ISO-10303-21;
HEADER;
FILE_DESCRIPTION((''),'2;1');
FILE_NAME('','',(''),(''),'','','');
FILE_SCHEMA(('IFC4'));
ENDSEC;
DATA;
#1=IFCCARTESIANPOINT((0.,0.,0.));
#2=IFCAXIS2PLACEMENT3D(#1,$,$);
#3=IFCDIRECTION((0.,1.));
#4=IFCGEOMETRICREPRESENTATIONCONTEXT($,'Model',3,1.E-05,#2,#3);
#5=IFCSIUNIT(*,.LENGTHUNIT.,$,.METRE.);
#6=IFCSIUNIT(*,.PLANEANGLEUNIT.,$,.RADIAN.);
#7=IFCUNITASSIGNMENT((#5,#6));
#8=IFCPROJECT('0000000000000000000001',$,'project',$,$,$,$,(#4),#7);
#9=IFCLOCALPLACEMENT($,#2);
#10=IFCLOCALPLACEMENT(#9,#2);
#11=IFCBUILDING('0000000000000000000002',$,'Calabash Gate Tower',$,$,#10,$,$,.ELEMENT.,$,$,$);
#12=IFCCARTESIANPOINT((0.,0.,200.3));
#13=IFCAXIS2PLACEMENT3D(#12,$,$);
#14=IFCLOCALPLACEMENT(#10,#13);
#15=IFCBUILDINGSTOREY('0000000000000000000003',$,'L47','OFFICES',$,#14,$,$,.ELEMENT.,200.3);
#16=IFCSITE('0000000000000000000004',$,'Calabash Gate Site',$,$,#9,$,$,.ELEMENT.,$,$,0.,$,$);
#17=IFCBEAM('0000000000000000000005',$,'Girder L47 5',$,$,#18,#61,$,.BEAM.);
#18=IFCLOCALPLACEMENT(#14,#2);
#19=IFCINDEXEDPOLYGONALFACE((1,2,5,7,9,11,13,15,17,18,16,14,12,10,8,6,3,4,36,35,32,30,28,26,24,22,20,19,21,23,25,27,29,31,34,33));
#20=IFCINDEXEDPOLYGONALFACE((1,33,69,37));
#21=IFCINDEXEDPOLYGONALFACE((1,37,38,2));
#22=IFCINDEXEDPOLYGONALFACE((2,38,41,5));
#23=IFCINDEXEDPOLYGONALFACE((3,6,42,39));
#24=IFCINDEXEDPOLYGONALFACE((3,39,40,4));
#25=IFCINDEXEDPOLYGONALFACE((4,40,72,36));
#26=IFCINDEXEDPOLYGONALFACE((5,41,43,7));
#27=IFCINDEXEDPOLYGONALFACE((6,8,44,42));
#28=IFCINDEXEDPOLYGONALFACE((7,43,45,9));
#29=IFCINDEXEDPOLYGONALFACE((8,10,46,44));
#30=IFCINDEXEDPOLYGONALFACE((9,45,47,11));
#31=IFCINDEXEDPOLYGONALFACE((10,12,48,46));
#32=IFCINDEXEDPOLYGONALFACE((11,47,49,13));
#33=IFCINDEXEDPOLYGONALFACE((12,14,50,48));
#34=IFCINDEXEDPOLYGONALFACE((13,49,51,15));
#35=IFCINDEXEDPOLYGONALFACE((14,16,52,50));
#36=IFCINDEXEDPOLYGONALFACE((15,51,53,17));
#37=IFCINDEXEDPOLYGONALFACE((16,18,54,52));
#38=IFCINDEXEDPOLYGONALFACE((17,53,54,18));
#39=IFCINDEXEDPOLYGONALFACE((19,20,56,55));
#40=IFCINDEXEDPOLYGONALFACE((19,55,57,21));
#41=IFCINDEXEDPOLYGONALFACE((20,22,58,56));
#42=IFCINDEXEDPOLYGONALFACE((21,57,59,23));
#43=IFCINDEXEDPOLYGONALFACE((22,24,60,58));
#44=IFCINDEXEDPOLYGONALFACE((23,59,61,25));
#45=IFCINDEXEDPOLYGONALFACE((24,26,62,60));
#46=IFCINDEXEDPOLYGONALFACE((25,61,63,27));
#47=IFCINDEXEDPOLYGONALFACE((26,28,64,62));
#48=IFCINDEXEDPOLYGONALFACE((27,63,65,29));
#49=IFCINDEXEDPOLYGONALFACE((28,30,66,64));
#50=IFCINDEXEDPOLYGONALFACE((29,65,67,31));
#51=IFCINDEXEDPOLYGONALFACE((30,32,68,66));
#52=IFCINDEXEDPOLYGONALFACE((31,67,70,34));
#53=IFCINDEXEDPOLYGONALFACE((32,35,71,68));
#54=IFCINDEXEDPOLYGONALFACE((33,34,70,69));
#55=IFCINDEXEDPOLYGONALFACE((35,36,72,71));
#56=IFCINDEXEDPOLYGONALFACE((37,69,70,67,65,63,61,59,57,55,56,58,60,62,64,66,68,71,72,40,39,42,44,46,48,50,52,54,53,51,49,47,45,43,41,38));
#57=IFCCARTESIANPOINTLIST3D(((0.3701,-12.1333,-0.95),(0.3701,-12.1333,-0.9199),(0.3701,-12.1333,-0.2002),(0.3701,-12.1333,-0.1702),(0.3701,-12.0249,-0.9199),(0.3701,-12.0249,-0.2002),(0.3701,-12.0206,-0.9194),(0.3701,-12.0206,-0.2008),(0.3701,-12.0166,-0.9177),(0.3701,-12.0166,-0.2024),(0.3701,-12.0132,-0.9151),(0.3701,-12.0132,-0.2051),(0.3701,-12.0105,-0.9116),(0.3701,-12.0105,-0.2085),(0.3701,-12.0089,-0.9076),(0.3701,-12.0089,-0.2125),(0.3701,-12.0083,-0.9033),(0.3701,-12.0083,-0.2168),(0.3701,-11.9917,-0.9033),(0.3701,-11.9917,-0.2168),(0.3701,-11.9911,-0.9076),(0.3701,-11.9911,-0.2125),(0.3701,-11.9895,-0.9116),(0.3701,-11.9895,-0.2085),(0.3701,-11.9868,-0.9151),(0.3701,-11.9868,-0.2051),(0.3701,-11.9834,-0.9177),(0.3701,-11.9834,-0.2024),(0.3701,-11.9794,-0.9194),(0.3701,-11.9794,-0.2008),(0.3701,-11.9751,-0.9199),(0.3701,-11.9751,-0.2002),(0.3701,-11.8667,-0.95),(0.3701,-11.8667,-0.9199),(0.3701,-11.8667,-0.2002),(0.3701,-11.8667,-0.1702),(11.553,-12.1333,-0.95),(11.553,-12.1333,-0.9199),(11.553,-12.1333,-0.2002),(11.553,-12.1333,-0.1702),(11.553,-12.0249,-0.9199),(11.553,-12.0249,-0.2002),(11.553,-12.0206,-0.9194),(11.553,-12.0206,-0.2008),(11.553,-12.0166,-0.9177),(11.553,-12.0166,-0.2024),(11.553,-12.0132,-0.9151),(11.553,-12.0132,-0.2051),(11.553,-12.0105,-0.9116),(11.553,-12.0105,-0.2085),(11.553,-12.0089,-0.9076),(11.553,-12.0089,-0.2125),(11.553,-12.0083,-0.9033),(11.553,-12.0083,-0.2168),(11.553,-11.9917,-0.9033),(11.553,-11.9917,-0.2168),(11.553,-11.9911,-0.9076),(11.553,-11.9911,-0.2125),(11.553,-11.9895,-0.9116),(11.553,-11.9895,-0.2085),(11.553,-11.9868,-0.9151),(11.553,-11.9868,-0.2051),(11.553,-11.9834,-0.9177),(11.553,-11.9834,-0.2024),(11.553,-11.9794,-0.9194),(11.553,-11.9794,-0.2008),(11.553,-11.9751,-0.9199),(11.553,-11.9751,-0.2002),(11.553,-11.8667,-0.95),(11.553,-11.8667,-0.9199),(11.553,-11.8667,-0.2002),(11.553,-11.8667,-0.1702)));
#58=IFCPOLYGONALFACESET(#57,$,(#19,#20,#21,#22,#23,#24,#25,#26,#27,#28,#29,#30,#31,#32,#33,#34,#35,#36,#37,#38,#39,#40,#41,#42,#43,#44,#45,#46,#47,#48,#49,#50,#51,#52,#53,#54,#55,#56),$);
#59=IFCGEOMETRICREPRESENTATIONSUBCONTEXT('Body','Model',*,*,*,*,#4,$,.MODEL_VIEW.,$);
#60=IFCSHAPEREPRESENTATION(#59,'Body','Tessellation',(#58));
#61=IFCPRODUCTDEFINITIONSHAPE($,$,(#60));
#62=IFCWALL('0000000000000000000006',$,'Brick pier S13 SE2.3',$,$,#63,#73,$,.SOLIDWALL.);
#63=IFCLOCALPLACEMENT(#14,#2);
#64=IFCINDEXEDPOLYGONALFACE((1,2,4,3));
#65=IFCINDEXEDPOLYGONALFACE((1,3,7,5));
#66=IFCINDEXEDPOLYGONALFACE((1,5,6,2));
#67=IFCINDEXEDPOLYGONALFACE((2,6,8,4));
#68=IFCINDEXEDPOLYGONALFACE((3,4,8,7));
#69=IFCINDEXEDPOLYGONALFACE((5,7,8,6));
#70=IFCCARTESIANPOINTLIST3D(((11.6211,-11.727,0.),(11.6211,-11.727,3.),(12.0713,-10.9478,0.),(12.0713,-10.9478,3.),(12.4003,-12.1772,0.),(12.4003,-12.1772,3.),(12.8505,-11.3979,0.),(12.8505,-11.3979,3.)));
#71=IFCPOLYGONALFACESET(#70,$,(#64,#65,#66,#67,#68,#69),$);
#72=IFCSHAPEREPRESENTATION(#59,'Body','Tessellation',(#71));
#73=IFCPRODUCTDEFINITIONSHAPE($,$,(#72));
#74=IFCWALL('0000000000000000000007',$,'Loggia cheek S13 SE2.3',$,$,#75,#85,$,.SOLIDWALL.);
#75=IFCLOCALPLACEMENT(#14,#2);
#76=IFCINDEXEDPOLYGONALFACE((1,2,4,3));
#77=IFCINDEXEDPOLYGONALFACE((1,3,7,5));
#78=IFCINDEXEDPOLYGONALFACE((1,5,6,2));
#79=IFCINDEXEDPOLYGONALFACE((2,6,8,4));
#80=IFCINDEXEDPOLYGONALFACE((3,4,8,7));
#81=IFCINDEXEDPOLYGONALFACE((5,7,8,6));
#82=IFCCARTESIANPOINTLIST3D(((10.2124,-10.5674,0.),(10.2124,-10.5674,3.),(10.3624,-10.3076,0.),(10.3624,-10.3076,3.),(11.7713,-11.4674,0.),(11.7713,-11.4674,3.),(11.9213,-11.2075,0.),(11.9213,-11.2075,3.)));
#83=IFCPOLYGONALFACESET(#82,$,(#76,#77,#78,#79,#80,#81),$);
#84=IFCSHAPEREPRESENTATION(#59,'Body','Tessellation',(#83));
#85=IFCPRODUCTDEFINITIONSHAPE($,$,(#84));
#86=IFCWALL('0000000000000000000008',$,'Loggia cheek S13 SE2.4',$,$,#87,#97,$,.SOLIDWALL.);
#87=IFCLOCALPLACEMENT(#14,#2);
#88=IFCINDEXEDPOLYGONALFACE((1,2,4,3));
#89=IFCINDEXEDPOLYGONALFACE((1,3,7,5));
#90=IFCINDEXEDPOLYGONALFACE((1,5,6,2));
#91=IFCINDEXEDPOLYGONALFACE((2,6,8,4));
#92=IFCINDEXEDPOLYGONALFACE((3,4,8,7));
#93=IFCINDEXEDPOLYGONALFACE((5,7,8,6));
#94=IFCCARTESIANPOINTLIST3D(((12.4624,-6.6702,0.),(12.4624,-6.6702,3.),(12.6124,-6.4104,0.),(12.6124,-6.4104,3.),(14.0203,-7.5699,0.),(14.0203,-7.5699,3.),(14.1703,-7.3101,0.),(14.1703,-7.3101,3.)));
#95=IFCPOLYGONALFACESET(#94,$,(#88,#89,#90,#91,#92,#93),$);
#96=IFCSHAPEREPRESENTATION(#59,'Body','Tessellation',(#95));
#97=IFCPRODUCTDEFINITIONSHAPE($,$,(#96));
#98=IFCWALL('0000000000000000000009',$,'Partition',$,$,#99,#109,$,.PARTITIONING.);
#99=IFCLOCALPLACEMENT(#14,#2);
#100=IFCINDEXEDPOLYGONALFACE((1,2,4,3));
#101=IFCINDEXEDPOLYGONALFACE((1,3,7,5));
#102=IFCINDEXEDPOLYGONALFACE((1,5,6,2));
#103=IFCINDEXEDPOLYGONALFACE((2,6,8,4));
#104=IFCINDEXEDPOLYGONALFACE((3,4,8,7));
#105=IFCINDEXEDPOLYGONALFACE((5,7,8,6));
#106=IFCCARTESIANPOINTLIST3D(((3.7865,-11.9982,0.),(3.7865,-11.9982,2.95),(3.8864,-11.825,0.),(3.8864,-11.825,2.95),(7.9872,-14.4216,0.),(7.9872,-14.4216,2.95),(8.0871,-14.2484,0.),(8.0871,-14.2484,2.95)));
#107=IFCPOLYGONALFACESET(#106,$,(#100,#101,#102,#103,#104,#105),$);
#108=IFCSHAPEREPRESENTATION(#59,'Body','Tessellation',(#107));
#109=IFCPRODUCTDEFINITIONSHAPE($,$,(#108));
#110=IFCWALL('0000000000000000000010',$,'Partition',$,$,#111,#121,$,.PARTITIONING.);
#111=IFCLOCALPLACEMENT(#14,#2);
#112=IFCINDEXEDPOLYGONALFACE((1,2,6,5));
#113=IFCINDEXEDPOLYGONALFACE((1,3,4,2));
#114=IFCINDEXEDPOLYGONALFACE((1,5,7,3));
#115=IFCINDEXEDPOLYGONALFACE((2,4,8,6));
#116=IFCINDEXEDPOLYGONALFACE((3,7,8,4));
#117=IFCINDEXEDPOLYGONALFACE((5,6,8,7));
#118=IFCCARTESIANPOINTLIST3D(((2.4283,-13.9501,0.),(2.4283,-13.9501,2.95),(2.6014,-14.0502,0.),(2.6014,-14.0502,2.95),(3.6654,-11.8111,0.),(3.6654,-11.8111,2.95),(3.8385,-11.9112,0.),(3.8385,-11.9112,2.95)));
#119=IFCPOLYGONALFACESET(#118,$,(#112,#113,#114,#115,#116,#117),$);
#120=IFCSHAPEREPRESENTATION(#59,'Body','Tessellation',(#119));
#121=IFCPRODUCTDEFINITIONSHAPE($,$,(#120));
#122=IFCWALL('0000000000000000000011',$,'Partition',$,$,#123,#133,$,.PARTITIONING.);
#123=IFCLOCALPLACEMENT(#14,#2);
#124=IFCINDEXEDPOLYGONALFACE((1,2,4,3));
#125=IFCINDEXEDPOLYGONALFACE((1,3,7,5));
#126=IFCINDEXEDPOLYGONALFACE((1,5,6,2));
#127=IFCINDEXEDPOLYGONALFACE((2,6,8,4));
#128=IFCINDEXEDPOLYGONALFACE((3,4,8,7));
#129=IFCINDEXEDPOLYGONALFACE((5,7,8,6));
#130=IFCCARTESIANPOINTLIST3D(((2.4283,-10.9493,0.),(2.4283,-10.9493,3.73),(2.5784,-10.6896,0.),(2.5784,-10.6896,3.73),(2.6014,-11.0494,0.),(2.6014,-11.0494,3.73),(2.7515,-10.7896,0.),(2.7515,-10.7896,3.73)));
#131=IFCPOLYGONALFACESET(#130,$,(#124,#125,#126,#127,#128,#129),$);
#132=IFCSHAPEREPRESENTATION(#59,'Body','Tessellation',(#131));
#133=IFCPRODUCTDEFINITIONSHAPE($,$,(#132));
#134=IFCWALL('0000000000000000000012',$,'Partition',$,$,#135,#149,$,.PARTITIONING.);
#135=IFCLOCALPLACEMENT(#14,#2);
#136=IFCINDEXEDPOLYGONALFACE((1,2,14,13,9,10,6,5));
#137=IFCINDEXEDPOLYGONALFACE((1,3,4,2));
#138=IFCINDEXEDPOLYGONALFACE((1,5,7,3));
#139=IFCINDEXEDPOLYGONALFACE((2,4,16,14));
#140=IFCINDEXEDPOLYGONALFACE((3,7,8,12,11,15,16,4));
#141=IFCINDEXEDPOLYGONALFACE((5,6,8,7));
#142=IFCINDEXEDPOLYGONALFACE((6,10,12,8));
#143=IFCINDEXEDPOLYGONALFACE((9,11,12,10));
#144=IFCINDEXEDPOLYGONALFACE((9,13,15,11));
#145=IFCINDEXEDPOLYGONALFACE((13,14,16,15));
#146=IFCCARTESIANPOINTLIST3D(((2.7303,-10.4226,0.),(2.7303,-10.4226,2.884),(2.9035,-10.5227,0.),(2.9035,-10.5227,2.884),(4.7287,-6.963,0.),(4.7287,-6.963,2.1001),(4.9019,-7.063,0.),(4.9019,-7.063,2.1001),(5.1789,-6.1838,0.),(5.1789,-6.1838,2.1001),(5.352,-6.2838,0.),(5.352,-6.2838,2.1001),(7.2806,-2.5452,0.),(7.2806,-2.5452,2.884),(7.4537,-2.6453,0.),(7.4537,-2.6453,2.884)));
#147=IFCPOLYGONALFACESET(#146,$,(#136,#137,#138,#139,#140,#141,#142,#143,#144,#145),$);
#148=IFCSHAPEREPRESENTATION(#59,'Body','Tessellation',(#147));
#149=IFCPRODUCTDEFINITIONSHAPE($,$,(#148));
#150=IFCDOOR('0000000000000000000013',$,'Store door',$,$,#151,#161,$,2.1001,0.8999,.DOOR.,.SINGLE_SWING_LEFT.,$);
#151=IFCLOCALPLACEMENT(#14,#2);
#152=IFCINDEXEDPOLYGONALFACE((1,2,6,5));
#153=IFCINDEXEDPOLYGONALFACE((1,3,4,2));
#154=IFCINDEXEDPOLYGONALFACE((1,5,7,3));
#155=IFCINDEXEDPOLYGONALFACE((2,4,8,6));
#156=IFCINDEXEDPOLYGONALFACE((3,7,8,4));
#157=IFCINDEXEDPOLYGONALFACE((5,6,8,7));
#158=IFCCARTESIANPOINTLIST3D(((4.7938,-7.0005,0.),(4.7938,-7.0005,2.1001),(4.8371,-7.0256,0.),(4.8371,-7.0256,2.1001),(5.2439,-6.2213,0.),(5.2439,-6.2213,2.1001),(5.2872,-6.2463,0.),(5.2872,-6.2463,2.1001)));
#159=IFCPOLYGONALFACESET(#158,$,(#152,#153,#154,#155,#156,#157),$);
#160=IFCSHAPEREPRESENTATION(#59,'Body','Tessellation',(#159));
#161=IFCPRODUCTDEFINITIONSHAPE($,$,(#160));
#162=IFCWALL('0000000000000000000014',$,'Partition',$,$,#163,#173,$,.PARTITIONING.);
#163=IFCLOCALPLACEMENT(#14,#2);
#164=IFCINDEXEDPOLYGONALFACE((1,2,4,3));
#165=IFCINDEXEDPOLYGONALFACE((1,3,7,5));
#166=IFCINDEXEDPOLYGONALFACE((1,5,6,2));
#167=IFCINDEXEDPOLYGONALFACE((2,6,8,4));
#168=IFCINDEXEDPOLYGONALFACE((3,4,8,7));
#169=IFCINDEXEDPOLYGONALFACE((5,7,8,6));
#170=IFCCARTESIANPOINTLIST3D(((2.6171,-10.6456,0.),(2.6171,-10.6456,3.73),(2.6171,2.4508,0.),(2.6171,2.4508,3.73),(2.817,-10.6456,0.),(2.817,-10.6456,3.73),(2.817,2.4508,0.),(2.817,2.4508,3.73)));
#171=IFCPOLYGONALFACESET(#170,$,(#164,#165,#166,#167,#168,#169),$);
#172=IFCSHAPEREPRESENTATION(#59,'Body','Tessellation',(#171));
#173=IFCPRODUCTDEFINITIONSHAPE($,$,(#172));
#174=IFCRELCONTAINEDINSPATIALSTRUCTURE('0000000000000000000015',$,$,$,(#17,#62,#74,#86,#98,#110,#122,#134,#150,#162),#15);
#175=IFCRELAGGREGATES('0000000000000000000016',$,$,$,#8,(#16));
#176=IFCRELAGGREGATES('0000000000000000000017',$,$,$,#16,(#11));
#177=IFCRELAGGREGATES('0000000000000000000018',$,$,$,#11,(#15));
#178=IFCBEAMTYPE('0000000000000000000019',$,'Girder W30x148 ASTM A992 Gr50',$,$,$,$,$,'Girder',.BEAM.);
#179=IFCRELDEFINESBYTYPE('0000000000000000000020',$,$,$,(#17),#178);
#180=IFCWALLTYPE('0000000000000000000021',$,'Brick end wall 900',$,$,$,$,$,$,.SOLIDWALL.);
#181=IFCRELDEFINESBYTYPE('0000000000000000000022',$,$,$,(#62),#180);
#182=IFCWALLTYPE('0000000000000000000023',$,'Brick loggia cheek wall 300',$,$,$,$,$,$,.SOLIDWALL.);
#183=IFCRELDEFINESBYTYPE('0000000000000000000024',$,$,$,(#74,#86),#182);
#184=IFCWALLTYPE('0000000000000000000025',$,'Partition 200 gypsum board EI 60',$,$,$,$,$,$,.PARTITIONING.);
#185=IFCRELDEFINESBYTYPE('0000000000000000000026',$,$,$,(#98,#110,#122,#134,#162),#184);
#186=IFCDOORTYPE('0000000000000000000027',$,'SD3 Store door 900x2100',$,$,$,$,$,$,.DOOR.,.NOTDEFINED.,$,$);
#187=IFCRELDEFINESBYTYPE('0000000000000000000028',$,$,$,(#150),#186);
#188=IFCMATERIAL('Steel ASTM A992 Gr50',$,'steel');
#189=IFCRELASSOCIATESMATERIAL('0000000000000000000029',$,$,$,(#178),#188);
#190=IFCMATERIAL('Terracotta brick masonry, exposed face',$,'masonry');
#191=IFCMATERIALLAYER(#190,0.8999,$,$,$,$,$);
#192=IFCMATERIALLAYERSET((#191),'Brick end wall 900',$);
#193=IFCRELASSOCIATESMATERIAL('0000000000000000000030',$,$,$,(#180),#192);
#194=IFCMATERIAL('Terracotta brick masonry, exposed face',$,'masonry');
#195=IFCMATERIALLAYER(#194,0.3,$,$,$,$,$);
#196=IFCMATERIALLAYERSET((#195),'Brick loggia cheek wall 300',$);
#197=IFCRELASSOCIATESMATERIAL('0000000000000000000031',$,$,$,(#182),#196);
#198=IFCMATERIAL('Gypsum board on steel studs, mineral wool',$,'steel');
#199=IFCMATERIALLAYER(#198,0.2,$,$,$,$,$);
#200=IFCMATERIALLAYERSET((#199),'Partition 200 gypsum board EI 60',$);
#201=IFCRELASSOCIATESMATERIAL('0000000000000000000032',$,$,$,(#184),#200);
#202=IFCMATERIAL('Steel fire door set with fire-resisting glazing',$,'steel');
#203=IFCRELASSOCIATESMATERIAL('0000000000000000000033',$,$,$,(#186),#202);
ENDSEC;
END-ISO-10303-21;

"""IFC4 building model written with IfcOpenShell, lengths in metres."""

from ifc_helpers import new_model, si_unit, direction, frame, frame_2d, origin, origin_2d, place, context, subcontext, project, spatial, rectangle, i_section, extrude, material, layer, layer_set, material_profile, profile_set, type_object, element, fill, save


model = new_model("IFC4")

# Units and contexts
model_context = context("Model", 3, precision=1e-05, world=origin(), true_north=direction((0.0, 1.0)))
body_context = subcontext(model_context, "Body", "Model", "MODEL_VIEW")
ifc_project = project(units=[si_unit("LENGTHUNIT", "METRE"), si_unit("PLANEANGLEUNIT", "RADIAN")], contexts=[model_context])

# Site, building, storey
site_placement = place(None, origin())
site = spatial("IfcSite", under=ifc_project, at=site_placement, Name="Calabash Gate Site", CompositionType="ELEMENT", RefElevation=0.0)
building_placement = place(site_placement, origin())
building = spatial("IfcBuilding", under=site, at=building_placement, Name="Calabash Gate Tower", CompositionType="ELEMENT")
storey_placement = place(building_placement, frame((0.0, 0.0, 200.3)))
storey = spatial("IfcBuildingStorey", under=building, at=storey_placement, Name="L47", Description="OFFICES", CompositionType="ELEMENT", Elevation=200.3)

# Beam
ifc_material_1 = material(Name="Steel ASTM A992 Gr50", Category="steel")
ifc_material_profile_1 = material_profile(ifc_material_1, i_section(OverallWidth=0.2666, OverallDepth=0.7798, WebThickness=0.0166, FlangeThickness=0.03, FilletRadius=0.0166, at=origin_2d()))
ifc_profile_set_1 = profile_set([ifc_material_profile_1], Name="Steel ASTM A992 Gr50")
beam_type_1 = type_object("IfcBeamType", Name="Girder W30x148 ASTM A992 Gr50", ElementType="Girder", PredefinedType="BEAM", material=ifc_profile_set_1)
beam_1_placement = place(storey_placement, frame((0.3701, -12.0, -0.5601), z_axis=(1.0, 0.0, 0.0), x_axis=(0.0, 1.0, 0.0)))
element("IfcBeam", 1, at=beam_1_placement, inside=storey, type_object=beam_type_1, Name="Girder L47 5", PredefinedType="BEAM", context=body_context, shape_type="SweptSolid", body=[
    extrude(i_section(OverallWidth=0.2666, OverallDepth=0.7798, WebThickness=0.0166, FlangeThickness=0.03, FilletRadius=0.0166, at=origin_2d()), origin(), (0.0, 0.0, 1.0), 11.1829),
])

# Walls
ifc_material_2 = material(Name="Terracotta brick masonry, exposed face", Category="masonry")
ifc_layer_1 = layer(ifc_material_2, 0.8999)
ifc_layer_set_1 = layer_set([ifc_layer_1], Name="Brick end wall 900")
wall_type_1 = type_object("IfcWallType", Name="Brick end wall 900", PredefinedType="SOLIDWALL", material=ifc_layer_set_1)
wall_1_placement = place(storey_placement, frame((11.8462, -11.3374, 0.0), z_axis=(0.0, 0.0, 1.0), x_axis=(0.865896, -0.500223, 0.0)))
element("IfcWall", 2, at=wall_1_placement, inside=storey, type_object=wall_type_1, Name="Brick pier S13 SE2.3", PredefinedType="SOLIDWALL", context=body_context, shape_type="SweptSolid", body=[
    extrude(rectangle(XDim=0.8999, YDim=0.8999, at=frame_2d((0.45, 0.0))), origin(), (0.0, 0.0, 1.0), 3.0),
])
ifc_material_3 = material(Name="Terracotta brick masonry, exposed face", Category="masonry")
ifc_layer_2 = layer(ifc_material_3, 0.3)
ifc_layer_set_2 = layer_set([ifc_layer_2], Name="Brick loggia cheek wall 300")
wall_type_2 = type_object("IfcWallType", Name="Brick loggia cheek wall 300", PredefinedType="SOLIDWALL", material=ifc_layer_set_2)
wall_2_placement = place(storey_placement, frame((11.8462, -11.3374, 0.0), z_axis=(0.0, 0.0, 1.0), x_axis=(-0.866048, 0.499961, 0.0)))
element("IfcWall", 3, at=wall_2_placement, inside=storey, type_object=wall_type_2, Name="Loggia cheek S13 SE2.3", PredefinedType="SOLIDWALL", context=body_context, shape_type="SweptSolid", body=[
    extrude(rectangle(XDim=1.8, YDim=0.3, at=frame_2d((0.8999, 0.0))), origin(), (0.0, 0.0, 1.0), 3.0),
])
wall_3_placement = place(storey_placement, frame((14.0952, -7.4399, 0.0), z_axis=(0.0, 0.0, 1.0), x_axis=(-0.865971, 0.500094, 0.0)))
element("IfcWall", 4, at=wall_3_placement, inside=storey, type_object=wall_type_2, Name="Loggia cheek S13 SE2.4", PredefinedType="SOLIDWALL", context=body_context, shape_type="SweptSolid", body=[
    extrude(rectangle(XDim=1.7991, YDim=0.3, at=frame_2d((0.8994, 0.0))), origin(), (0.0, 0.0, 1.0), 3.0),
])
ifc_material_4 = material(Name="Gypsum board on steel studs, mineral wool", Category="steel")
ifc_layer_3 = layer(ifc_material_4, 0.2)
ifc_layer_set_3 = layer_set([ifc_layer_3], Name="Partition 200 gypsum board EI 60")
wall_type_3 = type_object("IfcWallType", Name="Partition 200 gypsum board EI 60", PredefinedType="PARTITIONING", material=ifc_layer_set_3)
wall_4_placement = place(storey_placement, frame((3.8364, -11.9116, 0.0), z_axis=(0.0, 0.0, 1.0), x_axis=(0.866197, -0.499702, 0.0)))
element("IfcWall", 5, at=wall_4_placement, inside=storey, type_object=wall_type_3, Name="Partition", PredefinedType="PARTITIONING", context=body_context, shape_type="SweptSolid", body=[
    extrude(rectangle(XDim=4.8496, YDim=0.2, at=frame_2d((2.4248, 0.0))), origin(), (0.0, 0.0, 1.0), 2.95),
])
wall_5_placement = place(storey_placement, frame((2.5149, -14.0, 0.0), z_axis=(0.0, 0.0, 1.0), x_axis=(0.500655, 0.865647, 0.0)))
element("IfcWall", 6, at=wall_5_placement, inside=storey, type_object=wall_type_3, Name="Partition", PredefinedType="PARTITIONING", context=body_context, shape_type="SweptSolid", body=[
    extrude(rectangle(XDim=2.4709, YDim=0.2, at=frame_2d((1.2354, 0.0))), origin(), (0.0, 0.0, 1.0), 2.95),
])
wall_6_placement = place(storey_placement, frame((2.5149, -10.9993, 0.0), z_axis=(0.0, 0.0, 1.0), x_axis=(0.500427, 0.865779, 0.0)))
element("IfcWall", 7, at=wall_6_placement, inside=storey, type_object=wall_type_3, Name="Partition", PredefinedType="PARTITIONING", context=body_context, shape_type="SweptSolid", body=[
    extrude(rectangle(XDim=0.3, YDim=0.2, at=frame_2d((0.1499, 0.0))), origin(), (0.0, 0.0, 1.0), 3.73),
])

# Wall, opening, door
wall_7_placement = place(storey_placement, frame((2.8169, -10.4727, 0.0), z_axis=(0.0, 0.0, 1.0), x_axis=(0.500185, 0.865918, 0.0)))
wall_7 = element("IfcWall", 8, at=wall_7_placement, inside=storey, type_object=wall_type_3, Name="Partition", PredefinedType="PARTITIONING", context=body_context, shape_type="SweptSolid", body=[
    extrude(rectangle(XDim=9.0972, YDim=0.2, at=frame_2d((4.5486, 0.0))), origin(), (0.0, 0.0, 1.0), 2.884),
])
opening_1_placement = place(wall_7_placement, frame((3.9954, 0.0, 0.0)))
opening_1 = element("IfcOpeningElement", 9, at=opening_1_placement, cuts=wall_7, PredefinedType="OPENING", context=body_context, shape_type="SweptSolid", body=[
    extrude(rectangle(XDim=0.8999, YDim=2.1001, at=frame_2d((0.45, 1.05))), frame((0.0, 0.1099, 0.0), z_axis=(0.0, -1.0, 0.0), x_axis=(1.0, 0.0, 0.0)), (0.0, 0.0, 1.0), 0.22),
])
ifc_material_5 = material(Name="Steel fire door set with fire-resisting glazing", Category="steel")
door_type_1 = type_object("IfcDoorType", Name="SD3 Store door 900x2100", OperationType="NOTDEFINED", PredefinedType="DOOR", material=ifc_material_5)
door_1_placement = place(opening_1_placement, origin())
door_1 = element("IfcDoor", 10, at=door_1_placement, inside=storey, type_object=door_type_1, Name="Store door", OperationType="SINGLE_SWING_LEFT", OverallHeight=2.1001, OverallWidth=0.8999, PredefinedType="DOOR", context=body_context, shape_type="SweptSolid", body=[
    extrude(rectangle(XDim=0.8999, YDim=2.1001, at=frame_2d((0.45, 1.05))), frame((0.0, 0.0249, 0.0), z_axis=(0.0, -1.0, 0.0), x_axis=(1.0, 0.0, 0.0)), (0.0, 0.0, 1.0), 0.05),
])
fill(opening_1, door_1)

# Wall
wall_8_placement = place(storey_placement, frame((2.717, -10.6458, 0.0), z_axis=(0.0, 0.0, 1.0), x_axis=(0.0, 1.0, 0.0)))
element("IfcWall", 11, at=wall_8_placement, inside=storey, type_object=wall_type_3, Name="Partition", PredefinedType="PARTITIONING", context=body_context, shape_type="SweptSolid", body=[
    extrude(rectangle(XDim=13.0964, YDim=0.2, at=frame_2d((6.5483, 0.0))), origin(), (0.0, 0.0, 1.0), 3.73),
])

save(model, "model.ifc")
